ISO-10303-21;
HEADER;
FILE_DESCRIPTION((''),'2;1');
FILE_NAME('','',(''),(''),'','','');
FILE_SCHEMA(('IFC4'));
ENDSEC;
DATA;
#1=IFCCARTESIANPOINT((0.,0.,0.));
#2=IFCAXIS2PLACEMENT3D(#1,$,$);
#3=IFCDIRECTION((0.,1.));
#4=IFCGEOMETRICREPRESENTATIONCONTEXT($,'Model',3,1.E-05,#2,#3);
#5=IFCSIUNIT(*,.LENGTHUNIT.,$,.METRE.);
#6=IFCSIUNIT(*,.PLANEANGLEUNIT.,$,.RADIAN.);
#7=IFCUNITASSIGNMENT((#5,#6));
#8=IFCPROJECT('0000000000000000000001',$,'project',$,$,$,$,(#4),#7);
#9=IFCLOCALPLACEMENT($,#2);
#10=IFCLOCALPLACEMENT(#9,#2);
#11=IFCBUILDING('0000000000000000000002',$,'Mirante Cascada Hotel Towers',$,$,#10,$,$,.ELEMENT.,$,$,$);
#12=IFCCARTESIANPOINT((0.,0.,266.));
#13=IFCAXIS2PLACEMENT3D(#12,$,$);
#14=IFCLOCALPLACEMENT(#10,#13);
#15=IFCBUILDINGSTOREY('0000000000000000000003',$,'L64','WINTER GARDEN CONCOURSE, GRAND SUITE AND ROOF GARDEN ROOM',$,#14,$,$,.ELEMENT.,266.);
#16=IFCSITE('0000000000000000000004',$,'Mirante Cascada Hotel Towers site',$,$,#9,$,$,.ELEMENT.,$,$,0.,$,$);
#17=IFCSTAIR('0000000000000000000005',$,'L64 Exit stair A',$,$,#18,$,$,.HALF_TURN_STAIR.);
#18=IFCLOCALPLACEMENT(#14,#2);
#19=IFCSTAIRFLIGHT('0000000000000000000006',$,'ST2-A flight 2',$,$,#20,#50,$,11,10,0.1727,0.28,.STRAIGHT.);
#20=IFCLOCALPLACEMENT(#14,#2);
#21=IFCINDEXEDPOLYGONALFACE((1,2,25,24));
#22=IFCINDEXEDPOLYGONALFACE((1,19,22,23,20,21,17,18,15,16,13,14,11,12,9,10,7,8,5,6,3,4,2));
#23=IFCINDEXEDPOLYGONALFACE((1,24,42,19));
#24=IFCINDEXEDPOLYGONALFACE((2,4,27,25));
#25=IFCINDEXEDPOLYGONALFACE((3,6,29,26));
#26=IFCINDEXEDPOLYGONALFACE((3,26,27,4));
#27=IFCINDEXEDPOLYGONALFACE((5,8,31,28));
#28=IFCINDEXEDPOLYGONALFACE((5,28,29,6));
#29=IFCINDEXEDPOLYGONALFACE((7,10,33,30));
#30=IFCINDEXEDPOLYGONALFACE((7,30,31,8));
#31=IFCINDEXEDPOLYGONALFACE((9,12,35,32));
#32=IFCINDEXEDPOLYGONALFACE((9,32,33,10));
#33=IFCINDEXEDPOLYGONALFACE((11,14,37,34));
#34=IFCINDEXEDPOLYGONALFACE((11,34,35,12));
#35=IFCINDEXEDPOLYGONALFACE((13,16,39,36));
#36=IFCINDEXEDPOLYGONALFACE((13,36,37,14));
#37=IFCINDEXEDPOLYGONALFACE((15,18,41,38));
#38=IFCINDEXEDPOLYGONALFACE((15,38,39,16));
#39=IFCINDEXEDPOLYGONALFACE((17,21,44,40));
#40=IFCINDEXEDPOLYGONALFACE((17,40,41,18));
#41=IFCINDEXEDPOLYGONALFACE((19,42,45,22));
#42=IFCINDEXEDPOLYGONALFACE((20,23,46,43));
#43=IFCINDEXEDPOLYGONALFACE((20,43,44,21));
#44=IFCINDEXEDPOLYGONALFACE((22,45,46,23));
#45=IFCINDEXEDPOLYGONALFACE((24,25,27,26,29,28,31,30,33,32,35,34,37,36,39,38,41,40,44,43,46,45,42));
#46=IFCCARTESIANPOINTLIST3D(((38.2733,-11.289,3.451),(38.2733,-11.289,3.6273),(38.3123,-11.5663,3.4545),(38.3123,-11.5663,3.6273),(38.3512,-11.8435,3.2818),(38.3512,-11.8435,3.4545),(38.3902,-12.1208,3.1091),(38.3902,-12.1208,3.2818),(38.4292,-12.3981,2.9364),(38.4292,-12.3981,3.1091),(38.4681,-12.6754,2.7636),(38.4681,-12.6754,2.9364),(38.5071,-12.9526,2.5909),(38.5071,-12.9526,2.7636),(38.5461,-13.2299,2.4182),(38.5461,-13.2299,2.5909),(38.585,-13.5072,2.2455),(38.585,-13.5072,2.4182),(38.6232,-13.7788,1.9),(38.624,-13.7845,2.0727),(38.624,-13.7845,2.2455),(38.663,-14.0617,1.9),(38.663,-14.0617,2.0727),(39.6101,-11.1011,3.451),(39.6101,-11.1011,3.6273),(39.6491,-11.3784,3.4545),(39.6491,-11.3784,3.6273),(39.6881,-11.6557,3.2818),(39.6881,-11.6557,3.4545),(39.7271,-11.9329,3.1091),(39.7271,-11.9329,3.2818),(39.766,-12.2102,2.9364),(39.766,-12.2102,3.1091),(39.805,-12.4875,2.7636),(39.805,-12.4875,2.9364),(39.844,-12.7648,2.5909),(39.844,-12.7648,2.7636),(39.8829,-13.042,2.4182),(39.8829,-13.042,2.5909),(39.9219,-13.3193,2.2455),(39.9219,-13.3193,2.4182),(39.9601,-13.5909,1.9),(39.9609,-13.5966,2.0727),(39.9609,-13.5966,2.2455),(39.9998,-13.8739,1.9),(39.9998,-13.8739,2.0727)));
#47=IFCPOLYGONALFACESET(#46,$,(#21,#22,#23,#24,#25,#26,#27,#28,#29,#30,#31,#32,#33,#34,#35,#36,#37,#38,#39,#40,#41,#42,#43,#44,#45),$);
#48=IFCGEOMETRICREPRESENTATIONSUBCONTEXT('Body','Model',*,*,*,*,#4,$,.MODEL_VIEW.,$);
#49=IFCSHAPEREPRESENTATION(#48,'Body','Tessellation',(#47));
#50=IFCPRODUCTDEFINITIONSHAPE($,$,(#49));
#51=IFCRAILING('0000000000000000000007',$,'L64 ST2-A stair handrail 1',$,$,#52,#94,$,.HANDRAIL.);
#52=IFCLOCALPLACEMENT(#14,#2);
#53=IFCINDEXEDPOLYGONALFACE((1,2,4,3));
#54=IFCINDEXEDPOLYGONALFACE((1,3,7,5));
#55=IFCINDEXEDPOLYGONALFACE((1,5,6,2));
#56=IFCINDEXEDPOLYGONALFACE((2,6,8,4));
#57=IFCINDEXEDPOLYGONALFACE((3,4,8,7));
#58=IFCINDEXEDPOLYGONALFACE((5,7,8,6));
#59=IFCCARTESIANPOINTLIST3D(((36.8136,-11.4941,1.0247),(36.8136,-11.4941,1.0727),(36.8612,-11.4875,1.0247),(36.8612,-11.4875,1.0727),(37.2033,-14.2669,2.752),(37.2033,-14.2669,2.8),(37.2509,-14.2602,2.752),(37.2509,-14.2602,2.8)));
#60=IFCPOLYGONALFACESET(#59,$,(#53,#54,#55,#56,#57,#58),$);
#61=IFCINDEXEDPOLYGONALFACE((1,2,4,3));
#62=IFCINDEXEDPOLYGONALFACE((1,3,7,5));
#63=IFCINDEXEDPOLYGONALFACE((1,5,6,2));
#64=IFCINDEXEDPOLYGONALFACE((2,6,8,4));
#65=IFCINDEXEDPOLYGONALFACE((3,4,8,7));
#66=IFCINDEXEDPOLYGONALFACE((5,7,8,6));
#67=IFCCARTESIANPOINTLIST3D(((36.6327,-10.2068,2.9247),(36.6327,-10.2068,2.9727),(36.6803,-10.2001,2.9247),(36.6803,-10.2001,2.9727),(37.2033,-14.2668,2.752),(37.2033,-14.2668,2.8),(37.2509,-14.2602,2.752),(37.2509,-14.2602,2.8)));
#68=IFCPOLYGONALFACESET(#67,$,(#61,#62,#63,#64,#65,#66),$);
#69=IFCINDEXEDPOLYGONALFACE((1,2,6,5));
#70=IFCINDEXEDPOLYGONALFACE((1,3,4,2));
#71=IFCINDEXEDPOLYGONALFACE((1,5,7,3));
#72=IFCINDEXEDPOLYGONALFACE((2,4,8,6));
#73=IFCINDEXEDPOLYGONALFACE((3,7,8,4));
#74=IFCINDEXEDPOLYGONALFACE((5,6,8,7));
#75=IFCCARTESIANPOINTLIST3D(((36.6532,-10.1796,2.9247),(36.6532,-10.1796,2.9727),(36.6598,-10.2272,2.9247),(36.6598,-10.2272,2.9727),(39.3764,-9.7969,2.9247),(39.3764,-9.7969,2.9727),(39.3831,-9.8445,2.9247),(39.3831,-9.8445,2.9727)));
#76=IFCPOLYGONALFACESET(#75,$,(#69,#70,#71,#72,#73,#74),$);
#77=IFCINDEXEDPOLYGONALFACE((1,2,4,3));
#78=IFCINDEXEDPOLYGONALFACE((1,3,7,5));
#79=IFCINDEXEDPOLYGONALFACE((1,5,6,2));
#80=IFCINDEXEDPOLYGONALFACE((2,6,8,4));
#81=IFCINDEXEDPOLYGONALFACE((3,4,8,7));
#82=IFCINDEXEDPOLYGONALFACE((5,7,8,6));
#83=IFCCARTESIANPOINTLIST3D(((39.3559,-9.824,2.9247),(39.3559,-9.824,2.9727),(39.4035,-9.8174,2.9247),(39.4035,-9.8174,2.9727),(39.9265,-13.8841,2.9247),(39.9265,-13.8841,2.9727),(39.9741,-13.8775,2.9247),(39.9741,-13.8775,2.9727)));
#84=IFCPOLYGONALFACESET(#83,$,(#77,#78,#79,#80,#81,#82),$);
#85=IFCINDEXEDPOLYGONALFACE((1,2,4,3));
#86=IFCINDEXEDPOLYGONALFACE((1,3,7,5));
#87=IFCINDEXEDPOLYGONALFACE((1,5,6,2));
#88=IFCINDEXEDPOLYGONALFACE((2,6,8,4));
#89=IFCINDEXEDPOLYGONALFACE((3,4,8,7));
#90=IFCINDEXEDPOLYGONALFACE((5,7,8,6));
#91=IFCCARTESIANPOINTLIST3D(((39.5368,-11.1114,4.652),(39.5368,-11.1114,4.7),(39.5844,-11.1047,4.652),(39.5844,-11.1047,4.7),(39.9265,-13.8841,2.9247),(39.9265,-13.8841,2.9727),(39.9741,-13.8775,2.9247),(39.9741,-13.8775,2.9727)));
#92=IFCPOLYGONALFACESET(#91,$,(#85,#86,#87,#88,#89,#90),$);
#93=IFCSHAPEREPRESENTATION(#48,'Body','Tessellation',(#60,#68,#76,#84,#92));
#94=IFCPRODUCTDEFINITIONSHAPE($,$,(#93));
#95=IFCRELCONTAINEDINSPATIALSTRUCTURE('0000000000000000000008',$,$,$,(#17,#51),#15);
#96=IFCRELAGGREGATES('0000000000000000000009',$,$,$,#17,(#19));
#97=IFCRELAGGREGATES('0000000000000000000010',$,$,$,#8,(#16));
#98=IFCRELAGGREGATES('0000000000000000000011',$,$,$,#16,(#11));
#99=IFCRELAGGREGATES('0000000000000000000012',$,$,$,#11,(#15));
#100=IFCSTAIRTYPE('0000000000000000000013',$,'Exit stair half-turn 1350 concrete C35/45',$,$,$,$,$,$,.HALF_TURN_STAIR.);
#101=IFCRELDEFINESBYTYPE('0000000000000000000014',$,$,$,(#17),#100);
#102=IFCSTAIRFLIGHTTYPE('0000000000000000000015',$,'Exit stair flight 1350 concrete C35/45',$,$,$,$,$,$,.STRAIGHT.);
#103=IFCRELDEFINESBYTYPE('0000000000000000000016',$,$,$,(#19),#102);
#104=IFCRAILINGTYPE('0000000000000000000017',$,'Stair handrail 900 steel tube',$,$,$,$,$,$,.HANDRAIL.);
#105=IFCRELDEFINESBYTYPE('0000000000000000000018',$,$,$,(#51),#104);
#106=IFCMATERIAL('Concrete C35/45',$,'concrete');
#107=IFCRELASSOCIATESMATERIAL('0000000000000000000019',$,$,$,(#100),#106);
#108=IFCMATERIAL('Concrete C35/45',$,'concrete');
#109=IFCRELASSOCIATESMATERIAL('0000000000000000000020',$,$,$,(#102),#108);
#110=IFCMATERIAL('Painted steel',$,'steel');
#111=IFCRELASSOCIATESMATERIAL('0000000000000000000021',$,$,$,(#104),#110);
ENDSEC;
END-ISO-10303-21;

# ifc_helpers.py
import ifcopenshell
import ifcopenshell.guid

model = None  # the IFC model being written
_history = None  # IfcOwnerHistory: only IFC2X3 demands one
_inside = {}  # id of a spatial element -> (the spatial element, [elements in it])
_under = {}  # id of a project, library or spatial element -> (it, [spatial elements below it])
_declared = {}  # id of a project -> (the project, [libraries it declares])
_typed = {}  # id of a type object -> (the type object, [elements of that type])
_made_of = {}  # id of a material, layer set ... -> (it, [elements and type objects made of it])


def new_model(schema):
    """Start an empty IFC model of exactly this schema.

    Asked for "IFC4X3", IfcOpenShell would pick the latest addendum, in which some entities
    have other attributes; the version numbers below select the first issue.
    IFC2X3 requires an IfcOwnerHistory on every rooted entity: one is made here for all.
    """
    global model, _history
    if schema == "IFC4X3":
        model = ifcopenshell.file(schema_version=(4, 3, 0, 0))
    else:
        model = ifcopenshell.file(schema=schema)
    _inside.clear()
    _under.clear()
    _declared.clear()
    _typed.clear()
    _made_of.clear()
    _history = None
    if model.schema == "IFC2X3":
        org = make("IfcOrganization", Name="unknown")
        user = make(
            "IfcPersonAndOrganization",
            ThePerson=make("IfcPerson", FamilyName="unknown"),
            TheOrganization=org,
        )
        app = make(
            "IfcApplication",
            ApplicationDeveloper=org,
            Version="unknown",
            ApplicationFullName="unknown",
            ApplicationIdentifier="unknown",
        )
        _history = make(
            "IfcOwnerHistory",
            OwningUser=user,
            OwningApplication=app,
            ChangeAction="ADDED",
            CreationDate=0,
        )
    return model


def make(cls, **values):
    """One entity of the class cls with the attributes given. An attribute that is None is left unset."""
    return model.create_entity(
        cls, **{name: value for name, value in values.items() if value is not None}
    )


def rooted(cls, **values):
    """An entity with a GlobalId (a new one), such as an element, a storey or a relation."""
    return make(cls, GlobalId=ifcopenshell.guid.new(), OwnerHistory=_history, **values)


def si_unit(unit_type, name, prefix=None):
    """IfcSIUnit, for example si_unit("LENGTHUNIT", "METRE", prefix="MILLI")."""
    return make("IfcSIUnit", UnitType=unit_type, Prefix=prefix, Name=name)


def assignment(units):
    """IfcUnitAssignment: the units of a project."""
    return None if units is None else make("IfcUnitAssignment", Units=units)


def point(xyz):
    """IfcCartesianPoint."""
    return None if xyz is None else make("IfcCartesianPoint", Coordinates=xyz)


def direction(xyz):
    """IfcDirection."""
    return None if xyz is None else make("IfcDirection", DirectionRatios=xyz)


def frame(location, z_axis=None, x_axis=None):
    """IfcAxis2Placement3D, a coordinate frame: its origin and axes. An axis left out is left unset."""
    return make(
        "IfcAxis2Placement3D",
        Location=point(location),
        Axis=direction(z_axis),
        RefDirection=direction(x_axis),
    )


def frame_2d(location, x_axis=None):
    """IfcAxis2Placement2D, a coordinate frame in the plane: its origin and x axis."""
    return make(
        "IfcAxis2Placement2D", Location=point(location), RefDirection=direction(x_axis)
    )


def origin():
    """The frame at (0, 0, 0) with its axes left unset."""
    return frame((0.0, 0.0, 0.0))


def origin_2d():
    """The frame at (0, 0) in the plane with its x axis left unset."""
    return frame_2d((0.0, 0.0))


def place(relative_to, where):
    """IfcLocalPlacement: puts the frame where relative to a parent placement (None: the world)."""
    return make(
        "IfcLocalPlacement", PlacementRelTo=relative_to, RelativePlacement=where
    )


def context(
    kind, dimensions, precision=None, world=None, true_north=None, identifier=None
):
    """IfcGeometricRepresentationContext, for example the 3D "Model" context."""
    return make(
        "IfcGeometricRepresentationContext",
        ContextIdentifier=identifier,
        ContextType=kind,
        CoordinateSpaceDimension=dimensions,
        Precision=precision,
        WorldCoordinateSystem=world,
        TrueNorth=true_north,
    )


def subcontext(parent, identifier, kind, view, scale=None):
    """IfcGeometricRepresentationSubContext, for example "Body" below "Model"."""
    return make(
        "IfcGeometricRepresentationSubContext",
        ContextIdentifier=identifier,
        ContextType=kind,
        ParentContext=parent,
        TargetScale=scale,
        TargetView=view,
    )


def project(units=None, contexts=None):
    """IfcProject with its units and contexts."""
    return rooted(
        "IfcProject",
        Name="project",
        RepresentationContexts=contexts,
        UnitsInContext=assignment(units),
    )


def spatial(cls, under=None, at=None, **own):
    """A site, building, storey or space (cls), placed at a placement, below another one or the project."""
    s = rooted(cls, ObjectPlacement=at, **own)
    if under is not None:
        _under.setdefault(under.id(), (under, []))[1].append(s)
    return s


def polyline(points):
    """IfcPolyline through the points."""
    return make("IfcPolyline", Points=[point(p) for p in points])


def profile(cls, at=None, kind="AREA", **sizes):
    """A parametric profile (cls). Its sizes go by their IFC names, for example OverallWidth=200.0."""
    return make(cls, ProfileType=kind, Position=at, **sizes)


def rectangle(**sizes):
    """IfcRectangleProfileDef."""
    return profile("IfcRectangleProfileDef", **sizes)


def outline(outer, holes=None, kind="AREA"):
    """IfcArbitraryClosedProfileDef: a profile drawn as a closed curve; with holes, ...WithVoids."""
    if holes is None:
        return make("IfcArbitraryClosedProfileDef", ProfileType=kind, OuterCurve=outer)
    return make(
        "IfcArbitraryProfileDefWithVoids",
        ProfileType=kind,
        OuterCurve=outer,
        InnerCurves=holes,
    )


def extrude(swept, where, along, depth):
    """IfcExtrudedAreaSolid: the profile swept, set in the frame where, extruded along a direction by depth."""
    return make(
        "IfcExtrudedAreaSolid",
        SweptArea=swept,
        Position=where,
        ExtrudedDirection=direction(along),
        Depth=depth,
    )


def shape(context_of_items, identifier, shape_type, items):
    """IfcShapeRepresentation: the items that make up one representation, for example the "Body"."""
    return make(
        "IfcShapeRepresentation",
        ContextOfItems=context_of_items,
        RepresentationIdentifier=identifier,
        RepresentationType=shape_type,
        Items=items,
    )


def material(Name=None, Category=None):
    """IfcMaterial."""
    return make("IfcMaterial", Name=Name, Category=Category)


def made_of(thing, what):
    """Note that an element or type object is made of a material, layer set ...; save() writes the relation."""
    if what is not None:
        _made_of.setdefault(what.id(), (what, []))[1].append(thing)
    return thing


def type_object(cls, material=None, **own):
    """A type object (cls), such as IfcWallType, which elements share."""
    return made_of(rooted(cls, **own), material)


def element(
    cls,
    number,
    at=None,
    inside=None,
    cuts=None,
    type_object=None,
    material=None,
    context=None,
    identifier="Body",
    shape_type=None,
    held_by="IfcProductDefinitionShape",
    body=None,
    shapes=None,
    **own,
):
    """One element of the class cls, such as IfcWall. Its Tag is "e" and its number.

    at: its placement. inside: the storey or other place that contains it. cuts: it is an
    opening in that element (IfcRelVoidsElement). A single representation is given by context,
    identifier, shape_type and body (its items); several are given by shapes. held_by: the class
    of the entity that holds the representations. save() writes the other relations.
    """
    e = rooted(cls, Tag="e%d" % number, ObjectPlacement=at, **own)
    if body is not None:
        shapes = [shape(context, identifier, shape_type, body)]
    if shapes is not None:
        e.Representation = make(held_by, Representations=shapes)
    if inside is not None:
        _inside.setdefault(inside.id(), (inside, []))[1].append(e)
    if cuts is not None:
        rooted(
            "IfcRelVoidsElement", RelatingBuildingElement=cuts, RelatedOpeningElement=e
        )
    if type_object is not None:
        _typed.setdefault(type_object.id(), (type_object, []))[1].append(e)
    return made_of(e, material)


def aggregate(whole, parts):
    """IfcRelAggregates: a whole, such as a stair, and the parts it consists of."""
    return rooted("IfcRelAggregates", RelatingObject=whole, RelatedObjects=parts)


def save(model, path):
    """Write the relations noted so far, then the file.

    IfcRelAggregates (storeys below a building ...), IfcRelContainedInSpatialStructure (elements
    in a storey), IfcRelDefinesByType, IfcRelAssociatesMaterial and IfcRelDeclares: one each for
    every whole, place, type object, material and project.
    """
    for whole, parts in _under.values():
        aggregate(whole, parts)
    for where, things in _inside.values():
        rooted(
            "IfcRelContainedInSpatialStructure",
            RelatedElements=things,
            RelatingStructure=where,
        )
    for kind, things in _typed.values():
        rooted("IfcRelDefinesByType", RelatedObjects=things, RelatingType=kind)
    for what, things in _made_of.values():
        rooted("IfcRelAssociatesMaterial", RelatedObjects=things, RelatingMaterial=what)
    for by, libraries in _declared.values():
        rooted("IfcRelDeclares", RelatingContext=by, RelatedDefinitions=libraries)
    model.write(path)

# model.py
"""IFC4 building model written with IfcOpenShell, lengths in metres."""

from ifc_helpers import new_model, si_unit, direction, frame, origin, origin_2d, place, context, subcontext, project, spatial, polyline, rectangle, outline, extrude, material, type_object, element, aggregate, save


model = new_model("IFC4")

# Units and contexts
model_context = context("Model", 3, precision=1e-05, world=origin(), true_north=direction((0.0, 1.0)))
body_context = subcontext(model_context, "Body", "Model", "MODEL_VIEW")
ifc_project = project(units=[si_unit("LENGTHUNIT", "METRE"), si_unit("PLANEANGLEUNIT", "RADIAN")], contexts=[model_context])

# Site, building, storey
site_placement = place(None, origin())
site = spatial("IfcSite", under=ifc_project, at=site_placement, Name="Mirante Cascada Hotel Towers site", CompositionType="ELEMENT", RefElevation=0.0)
building_placement = place(site_placement, origin())
building = spatial("IfcBuilding", under=site, at=building_placement, Name="Mirante Cascada Hotel Towers", CompositionType="ELEMENT")
storey_placement = place(building_placement, frame((0.0, 0.0, 266.0)))
storey = spatial("IfcBuildingStorey", under=building, at=storey_placement, Name="L64", Description="WINTER GARDEN CONCOURSE, GRAND SUITE AND ROOF GARDEN ROOM", CompositionType="ELEMENT", Elevation=266.0)

# Stair, stair flight
ifc_material_1 = material(Name="Concrete C35/45", Category="concrete")
stair_type = type_object("IfcStairType", Name="Exit stair half-turn 1350 concrete C35/45", PredefinedType="HALF_TURN_STAIR", material=ifc_material_1)
stair_placement = place(storey_placement, origin())
stair = element("IfcStair", 1, at=stair_placement, inside=storey, type_object=stair_type, Name="L64 Exit stair A", PredefinedType="HALF_TURN_STAIR")
ifc_material_2 = material(Name="Concrete C35/45", Category="concrete")
stair_flight_type = type_object("IfcStairFlightType", Name="Exit stair flight 1350 concrete C35/45", PredefinedType="STRAIGHT", material=ifc_material_2)
stair_flight_1_placement = place(storey_placement, frame((39.3314, -13.9678, 1.9), z_axis=(0.0, 0.0, 1.0), x_axis=(-0.139173, 0.990268, 0.0)))
stair_flight_1 = element("IfcStairFlight", 2, at=stair_flight_1_placement, type_object=stair_flight_type, Name="ST2-A flight 2", NumberOfRisers=11, NumberOfTreads=10, PredefinedType="STRAIGHT", RiserHeight=0.1727, TreadLength=0.28, context=body_context, shape_type="SweptSolid", body=[
    extrude(outline(polyline([(0.0, 0.0), (0.0, 0.1727), (0.28, 0.1727), (0.28, 0.3455), (0.56, 0.3455), (0.56, 0.5182), (0.84, 0.5182), (0.84, 0.6909), (1.12, 0.6909), (1.12, 0.8636), (1.4, 0.8636), (1.4, 1.0364), (1.68, 1.0364), (1.68, 1.2091), (1.96, 1.2091), (1.96, 1.3818), (2.24, 1.3818), (2.24, 1.5545), (2.52, 1.5545), (2.52, 1.7273), (2.8, 1.7273), (2.8, 1.9), (2.8, 1.551), (0.2857, 0.0), (0.0, 0.0)])), frame((0.0, 0.675, 0.0), z_axis=(0.0, -1.0, 0.0), x_axis=(1.0, 0.0, 0.0)), (0.0, 0.0, 1.0), 1.35),
])
aggregate(stair, [stair_flight_1])

# Railing
ifc_material_3 = material(Name="Painted steel", Category="steel")
railing_type = type_object("IfcRailingType", Name="Stair handrail 900 steel tube", PredefinedType="HANDRAIL", material=ifc_material_3)
railing_placement = place(storey_placement, frame((36.8374, -11.4908, 0.1727)))
element("IfcRailing", 3, at=railing_placement, inside=storey, type_object=railing_type, Name="L64 ST2-A stair handrail 1", PredefinedType="HANDRAIL", context=body_context, shape_type="SweptSolid", body=[
    extrude(rectangle(XDim=0.048, YDim=0.048, at=origin_2d()), frame((0.0, 0.0, 0.876), z_axis=(0.139181, -0.990267, 0.0), x_axis=(0.990267, 0.139181, 0.0)), (0.0, 0.525035, 0.851081), 3.2899),
    extrude(rectangle(XDim=0.048, YDim=0.048, at=origin_2d()), frame((0.3897, -2.7727, 2.6033), z_axis=(-0.139171, 0.990268, 0.0), x_axis=(-0.990268, -0.139171, 0.0)), (0.0, 0.042085, 0.999114), 4.1036),
    extrude(rectangle(XDim=0.048, YDim=0.048, at=origin_2d()), frame((-0.1809, 1.2874, 2.776), z_axis=(0.990269, 0.139166, 0.0), x_axis=(-0.139166, 0.990269, 0.0)), (0.0, 0.0, 1.0), 2.75),
    extrude(rectangle(XDim=0.048, YDim=0.048, at=origin_2d()), frame((2.5423, 1.6701, 2.776), z_axis=(0.139171, -0.990268, 0.0), x_axis=(0.990268, 0.139171, 0.0)), (0.0, 0.0, 1.0), 4.1),
    extrude(rectangle(XDim=0.048, YDim=0.048, at=origin_2d()), frame((3.1129, -2.39, 2.776), z_axis=(-0.139181, 0.990267, 0.0), x_axis=(-0.990267, -0.139181, 0.0)), (0.0, 0.525035, 0.851081), 3.2899),
])

save(model, "model.ifc")
